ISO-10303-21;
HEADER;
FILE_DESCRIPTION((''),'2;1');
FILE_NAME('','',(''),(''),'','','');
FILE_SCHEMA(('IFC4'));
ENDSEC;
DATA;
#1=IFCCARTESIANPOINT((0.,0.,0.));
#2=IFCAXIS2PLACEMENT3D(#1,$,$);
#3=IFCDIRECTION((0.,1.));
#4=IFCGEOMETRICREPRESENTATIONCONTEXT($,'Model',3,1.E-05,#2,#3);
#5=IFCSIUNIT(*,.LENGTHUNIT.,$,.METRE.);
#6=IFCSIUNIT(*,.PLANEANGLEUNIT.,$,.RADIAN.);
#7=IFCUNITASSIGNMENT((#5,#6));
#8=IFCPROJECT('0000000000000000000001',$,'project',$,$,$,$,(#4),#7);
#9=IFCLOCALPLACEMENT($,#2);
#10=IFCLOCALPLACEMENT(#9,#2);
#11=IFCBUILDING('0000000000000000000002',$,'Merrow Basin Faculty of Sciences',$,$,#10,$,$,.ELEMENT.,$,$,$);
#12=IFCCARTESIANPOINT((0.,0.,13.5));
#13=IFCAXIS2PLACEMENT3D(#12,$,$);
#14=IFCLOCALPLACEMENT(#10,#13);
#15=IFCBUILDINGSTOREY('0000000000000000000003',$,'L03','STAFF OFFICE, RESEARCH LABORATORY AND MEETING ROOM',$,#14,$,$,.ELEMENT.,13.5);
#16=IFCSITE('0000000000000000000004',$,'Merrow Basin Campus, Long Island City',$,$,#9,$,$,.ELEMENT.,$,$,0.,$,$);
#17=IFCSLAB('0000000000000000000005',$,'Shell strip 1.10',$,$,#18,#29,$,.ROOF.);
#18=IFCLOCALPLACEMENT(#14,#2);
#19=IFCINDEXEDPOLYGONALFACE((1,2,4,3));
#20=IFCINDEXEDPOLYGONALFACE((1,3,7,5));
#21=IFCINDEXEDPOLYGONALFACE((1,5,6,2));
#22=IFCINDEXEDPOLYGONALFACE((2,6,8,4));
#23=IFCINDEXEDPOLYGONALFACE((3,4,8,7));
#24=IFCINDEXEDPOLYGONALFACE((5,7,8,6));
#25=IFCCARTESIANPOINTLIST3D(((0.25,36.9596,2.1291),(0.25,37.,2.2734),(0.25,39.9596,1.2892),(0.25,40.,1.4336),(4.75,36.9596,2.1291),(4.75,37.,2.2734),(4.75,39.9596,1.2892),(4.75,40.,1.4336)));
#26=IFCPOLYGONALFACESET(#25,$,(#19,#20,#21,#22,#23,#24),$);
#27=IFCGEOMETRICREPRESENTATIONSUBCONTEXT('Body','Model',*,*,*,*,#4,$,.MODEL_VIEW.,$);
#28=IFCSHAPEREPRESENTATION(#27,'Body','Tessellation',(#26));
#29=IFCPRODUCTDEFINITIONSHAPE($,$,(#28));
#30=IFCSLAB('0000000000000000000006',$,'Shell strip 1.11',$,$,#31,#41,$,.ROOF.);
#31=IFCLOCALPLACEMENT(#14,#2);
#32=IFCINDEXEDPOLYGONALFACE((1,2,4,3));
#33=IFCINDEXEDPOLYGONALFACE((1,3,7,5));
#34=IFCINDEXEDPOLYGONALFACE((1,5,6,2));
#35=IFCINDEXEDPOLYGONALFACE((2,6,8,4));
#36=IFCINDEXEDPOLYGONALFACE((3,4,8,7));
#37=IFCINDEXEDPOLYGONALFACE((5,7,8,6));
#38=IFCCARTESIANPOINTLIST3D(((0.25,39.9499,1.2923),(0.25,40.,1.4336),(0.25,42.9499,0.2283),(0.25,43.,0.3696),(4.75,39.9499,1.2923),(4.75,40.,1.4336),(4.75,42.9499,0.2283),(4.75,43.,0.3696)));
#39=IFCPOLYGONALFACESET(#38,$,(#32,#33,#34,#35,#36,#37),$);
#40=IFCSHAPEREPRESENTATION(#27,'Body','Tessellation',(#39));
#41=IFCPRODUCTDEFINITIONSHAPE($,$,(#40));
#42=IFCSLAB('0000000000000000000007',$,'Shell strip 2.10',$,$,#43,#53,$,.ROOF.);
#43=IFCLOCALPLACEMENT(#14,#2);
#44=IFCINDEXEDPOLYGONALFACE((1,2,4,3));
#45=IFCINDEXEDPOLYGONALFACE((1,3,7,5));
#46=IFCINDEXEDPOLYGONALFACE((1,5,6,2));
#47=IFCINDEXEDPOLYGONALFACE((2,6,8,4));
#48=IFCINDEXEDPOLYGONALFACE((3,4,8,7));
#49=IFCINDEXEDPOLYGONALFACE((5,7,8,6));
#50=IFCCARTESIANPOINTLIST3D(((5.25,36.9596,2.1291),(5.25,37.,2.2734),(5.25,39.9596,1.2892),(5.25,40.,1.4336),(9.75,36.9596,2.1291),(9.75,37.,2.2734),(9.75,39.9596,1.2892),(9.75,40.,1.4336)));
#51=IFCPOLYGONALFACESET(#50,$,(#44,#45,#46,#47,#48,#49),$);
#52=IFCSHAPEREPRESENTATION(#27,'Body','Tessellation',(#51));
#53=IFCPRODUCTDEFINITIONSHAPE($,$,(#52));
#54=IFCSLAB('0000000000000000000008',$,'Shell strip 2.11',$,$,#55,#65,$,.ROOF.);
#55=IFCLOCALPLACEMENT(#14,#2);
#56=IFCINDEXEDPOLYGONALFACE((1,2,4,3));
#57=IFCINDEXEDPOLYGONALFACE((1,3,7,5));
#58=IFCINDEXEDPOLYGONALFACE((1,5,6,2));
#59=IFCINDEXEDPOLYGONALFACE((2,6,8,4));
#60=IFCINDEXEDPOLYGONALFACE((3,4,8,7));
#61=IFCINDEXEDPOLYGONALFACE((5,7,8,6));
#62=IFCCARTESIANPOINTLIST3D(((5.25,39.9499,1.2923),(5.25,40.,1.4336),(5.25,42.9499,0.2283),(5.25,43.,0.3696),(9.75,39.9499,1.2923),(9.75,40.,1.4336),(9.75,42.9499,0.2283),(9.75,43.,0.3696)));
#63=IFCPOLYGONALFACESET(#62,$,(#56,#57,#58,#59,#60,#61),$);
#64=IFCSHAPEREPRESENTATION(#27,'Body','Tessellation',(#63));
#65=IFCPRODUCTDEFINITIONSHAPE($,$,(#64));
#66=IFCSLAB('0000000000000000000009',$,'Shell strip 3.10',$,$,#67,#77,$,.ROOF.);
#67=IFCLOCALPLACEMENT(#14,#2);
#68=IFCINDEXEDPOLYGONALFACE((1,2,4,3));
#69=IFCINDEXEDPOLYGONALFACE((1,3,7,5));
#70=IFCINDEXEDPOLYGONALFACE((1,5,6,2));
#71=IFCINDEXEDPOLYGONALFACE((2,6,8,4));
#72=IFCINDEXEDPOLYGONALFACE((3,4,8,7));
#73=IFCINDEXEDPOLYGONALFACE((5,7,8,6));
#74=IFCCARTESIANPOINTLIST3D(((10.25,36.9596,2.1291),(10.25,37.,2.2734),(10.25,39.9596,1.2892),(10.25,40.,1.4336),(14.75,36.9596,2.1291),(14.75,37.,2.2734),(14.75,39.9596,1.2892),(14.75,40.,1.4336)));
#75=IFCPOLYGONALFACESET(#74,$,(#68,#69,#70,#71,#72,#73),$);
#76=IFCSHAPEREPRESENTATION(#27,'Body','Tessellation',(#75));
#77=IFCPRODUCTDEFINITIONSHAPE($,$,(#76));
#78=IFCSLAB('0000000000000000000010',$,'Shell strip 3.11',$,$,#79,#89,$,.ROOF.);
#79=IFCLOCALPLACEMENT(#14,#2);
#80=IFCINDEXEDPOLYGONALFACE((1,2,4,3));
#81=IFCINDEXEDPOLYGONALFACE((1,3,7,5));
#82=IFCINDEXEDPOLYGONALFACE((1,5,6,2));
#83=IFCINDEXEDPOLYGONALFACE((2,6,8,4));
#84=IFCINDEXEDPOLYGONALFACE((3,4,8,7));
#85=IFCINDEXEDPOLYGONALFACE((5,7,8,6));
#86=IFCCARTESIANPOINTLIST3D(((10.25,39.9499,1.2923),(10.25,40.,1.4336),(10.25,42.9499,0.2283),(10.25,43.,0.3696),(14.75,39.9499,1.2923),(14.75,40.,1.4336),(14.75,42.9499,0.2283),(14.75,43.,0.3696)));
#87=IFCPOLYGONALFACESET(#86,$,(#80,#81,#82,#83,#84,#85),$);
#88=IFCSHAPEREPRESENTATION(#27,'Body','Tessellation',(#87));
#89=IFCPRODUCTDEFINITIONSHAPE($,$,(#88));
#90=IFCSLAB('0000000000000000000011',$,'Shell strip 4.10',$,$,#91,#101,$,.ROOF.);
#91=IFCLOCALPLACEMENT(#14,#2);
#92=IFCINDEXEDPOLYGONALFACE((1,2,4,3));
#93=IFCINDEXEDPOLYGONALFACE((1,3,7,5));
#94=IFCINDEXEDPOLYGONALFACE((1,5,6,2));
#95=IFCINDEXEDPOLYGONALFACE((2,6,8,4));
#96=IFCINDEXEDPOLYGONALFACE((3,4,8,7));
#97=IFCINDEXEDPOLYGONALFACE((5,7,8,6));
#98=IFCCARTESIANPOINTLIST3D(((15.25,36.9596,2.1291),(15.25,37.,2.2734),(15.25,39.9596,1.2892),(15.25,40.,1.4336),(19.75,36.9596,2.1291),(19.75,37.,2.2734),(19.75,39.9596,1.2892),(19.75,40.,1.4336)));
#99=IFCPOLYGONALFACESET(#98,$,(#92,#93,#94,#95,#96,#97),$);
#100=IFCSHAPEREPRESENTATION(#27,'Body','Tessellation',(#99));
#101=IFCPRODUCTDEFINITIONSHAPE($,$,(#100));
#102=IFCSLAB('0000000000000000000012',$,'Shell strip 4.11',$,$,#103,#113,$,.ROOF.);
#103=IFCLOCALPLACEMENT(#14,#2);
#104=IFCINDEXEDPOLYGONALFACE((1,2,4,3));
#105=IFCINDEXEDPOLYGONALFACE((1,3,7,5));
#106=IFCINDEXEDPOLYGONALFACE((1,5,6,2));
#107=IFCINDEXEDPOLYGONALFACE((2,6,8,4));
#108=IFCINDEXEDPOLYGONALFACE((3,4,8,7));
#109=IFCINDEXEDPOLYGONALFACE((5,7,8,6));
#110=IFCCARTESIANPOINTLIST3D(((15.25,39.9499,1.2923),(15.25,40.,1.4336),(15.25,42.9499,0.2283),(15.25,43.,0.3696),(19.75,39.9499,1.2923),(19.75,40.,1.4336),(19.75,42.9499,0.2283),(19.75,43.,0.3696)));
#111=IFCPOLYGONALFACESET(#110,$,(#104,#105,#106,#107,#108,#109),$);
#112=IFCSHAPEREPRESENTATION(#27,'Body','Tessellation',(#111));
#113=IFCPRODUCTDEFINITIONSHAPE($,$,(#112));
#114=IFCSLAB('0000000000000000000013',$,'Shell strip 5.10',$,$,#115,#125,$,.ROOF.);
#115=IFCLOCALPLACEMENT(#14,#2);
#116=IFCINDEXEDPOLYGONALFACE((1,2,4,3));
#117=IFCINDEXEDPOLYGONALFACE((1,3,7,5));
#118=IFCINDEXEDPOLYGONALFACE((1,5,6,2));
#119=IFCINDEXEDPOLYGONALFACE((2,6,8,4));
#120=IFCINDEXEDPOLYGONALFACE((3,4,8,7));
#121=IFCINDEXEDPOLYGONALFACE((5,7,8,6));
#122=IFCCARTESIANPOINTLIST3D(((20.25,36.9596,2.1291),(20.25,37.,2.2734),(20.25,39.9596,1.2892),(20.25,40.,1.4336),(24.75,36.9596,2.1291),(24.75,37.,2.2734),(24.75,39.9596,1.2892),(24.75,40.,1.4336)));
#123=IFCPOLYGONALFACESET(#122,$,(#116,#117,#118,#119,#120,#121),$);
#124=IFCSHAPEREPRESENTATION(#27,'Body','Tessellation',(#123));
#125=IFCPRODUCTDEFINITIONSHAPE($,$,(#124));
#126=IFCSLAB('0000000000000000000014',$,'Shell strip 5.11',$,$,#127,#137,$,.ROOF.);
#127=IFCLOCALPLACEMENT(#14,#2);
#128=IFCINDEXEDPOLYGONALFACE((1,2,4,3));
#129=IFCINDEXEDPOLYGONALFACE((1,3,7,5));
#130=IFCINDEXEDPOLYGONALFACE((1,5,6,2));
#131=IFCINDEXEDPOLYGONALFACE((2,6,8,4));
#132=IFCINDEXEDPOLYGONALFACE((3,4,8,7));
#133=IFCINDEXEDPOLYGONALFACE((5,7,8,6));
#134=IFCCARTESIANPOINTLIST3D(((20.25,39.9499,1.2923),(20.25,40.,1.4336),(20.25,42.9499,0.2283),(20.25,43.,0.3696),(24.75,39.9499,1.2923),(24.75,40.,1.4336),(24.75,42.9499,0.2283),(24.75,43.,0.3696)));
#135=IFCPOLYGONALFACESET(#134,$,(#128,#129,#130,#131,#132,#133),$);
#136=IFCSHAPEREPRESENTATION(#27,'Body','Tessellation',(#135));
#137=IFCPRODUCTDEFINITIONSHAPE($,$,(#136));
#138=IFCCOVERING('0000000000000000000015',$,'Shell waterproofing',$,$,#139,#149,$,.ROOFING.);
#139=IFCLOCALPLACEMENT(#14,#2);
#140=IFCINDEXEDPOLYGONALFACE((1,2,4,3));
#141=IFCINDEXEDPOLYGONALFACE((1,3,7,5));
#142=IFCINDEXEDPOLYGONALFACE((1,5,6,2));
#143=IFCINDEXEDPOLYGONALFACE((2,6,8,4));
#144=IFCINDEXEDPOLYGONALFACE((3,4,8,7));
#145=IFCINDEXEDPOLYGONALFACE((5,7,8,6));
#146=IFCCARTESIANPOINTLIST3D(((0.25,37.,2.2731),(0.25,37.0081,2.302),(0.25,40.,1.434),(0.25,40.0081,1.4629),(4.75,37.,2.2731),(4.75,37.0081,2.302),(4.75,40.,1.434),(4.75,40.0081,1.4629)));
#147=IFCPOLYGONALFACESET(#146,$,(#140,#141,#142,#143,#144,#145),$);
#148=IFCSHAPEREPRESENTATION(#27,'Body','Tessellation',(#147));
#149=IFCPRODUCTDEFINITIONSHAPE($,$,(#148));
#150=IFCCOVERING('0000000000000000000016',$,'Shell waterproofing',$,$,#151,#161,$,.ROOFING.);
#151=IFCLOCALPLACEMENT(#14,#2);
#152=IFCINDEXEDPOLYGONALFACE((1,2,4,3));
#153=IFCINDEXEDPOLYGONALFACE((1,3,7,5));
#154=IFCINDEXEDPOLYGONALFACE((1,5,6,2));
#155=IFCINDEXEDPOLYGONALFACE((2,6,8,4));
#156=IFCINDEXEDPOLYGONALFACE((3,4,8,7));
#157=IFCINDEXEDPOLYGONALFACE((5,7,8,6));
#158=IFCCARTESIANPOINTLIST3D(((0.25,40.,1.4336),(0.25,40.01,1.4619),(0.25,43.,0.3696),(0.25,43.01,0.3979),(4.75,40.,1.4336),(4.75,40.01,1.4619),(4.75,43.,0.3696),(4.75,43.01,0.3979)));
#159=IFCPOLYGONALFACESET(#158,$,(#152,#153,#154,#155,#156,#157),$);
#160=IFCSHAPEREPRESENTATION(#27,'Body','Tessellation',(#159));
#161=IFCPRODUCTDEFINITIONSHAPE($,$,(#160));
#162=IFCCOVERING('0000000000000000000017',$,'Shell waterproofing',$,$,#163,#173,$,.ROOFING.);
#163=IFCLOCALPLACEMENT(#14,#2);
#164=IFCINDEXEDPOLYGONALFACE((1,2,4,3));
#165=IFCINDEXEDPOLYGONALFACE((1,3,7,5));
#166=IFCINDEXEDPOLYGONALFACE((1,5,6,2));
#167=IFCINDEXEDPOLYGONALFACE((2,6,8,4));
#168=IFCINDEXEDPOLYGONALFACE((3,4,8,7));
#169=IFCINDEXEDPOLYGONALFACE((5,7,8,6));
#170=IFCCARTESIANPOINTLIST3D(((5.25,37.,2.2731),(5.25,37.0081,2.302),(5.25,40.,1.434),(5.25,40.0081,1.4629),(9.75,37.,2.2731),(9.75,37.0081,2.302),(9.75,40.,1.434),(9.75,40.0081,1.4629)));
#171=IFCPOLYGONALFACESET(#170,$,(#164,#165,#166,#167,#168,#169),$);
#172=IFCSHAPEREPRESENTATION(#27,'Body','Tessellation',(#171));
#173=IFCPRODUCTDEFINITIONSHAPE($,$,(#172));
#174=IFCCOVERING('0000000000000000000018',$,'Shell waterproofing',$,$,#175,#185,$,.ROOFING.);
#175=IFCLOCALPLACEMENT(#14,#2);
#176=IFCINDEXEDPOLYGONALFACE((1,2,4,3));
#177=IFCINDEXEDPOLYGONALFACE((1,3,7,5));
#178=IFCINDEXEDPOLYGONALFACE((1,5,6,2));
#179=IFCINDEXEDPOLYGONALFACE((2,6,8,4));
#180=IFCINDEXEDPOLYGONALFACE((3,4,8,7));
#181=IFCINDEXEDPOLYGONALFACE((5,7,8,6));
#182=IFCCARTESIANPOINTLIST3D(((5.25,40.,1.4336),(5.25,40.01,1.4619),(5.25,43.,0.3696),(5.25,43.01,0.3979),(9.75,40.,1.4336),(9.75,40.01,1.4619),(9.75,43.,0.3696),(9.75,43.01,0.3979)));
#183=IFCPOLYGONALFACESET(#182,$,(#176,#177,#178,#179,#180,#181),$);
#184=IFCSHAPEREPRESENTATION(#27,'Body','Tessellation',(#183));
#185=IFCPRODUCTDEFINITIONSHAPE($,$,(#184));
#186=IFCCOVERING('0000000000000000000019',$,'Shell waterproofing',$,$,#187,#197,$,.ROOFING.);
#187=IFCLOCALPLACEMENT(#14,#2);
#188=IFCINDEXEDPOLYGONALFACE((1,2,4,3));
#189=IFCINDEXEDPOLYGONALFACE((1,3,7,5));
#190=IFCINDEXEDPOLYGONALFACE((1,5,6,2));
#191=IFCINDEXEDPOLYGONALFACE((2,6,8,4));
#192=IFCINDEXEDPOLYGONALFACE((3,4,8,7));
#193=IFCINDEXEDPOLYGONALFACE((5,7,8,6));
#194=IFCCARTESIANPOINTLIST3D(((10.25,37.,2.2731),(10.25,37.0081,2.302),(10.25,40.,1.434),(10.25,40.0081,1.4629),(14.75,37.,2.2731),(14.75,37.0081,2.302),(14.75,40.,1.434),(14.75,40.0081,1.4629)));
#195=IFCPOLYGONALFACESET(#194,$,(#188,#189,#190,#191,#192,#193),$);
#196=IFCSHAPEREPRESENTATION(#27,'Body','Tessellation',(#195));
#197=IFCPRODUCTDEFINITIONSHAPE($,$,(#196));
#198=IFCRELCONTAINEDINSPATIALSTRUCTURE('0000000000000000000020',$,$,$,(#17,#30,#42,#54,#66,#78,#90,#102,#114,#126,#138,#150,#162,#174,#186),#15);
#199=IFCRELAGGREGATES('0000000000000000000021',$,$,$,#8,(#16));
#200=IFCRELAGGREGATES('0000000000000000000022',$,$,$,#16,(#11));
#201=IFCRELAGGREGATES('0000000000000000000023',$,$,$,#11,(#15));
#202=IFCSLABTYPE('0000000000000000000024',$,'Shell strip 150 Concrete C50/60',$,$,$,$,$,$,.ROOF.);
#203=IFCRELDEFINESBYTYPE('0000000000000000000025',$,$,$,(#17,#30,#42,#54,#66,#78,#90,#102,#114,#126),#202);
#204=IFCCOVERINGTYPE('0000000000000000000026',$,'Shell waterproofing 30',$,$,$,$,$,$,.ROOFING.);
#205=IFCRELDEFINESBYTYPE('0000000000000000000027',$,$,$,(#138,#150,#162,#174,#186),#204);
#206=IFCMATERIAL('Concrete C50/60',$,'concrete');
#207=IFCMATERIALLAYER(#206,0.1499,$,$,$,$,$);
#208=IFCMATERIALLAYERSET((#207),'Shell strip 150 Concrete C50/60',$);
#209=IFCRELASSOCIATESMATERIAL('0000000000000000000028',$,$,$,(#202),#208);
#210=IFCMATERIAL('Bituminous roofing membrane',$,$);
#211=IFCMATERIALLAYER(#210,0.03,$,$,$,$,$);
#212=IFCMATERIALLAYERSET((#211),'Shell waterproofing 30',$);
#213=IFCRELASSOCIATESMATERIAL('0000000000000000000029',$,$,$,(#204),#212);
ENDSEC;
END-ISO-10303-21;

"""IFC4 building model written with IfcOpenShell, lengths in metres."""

from ifc_helpers import new_model, si_unit, direction, frame, origin, place, context, subcontext, project, spatial, polyline, outline, extrude, material, layer, layer_set, type_object, element, save


model = new_model("IFC4")

# Units and contexts
model_context = context("Model", 3, precision=1e-05, world=origin(), true_north=direction((0.0, 1.0)))
body_context = subcontext(model_context, "Body", "Model", "MODEL_VIEW")
ifc_project = project(units=[si_unit("LENGTHUNIT", "METRE"), si_unit("PLANEANGLEUNIT", "RADIAN")], contexts=[model_context])

# Site, building, storey
site_placement = place(None, origin())
site = spatial("IfcSite", under=ifc_project, at=site_placement, Name="Merrow Basin Campus, Long Island City", CompositionType="ELEMENT", RefElevation=0.0)
building_placement = place(site_placement, origin())
building = spatial("IfcBuilding", under=site, at=building_placement, Name="Merrow Basin Faculty of Sciences", CompositionType="ELEMENT")
storey_placement = place(building_placement, frame((0.0, 0.0, 13.5)))
storey = spatial("IfcBuildingStorey", under=building, at=storey_placement, Name="L03", Description="STAFF OFFICE, RESEARCH LABORATORY AND MEETING ROOM", CompositionType="ELEMENT", Elevation=13.5)

# Slabs
ifc_material_1 = material(Name="Concrete C50/60", Category="concrete")
ifc_layer_1 = layer(ifc_material_1, 0.1499)
ifc_layer_set_1 = layer_set([ifc_layer_1], Name="Shell strip 150 Concrete C50/60")
slab_type = type_object("IfcSlabType", Name="Shell strip 150 Concrete C50/60", PredefinedType="ROOF", material=ifc_layer_set_1)
slab_1_placement = place(storey_placement, frame((0.25, 37.0, 2.2734), z_axis=(0.0, 0.269583, 0.962977), x_axis=(1.0, 0.0, 0.0)))
element("IfcSlab", 1, at=slab_1_placement, inside=storey, type_object=slab_type, Name="Shell strip 1.10", PredefinedType="ROOF", context=body_context, shape_type="SweptSolid", body=[
    extrude(outline(polyline([(0.0, 0.0), (4.5, 0.0), (4.5, 3.1153), (0.0, 3.1153), (0.0, 0.0)])), origin(), (0.0, 0.0, -1.0), 0.1499),
])
slab_2_placement = place(storey_placement, frame((0.25, 40.0, 1.4336), z_axis=(0.0, 0.334256, 0.942482), x_axis=(1.0, 0.0, 0.0)))
element("IfcSlab", 2, at=slab_2_placement, inside=storey, type_object=slab_type, Name="Shell strip 1.11", PredefinedType="ROOF", context=body_context, shape_type="SweptSolid", body=[
    extrude(outline(polyline([(0.0, 0.0), (4.5, 0.0), (4.5, 3.1831), (0.0, 3.1831), (0.0, 0.0)])), origin(), (0.0, 0.0, -1.0), 0.1499),
])
slab_3_placement = place(storey_placement, frame((5.25, 37.0, 2.2734), z_axis=(0.0, 0.269583, 0.962977), x_axis=(1.0, 0.0, 0.0)))
element("IfcSlab", 3, at=slab_3_placement, inside=storey, type_object=slab_type, Name="Shell strip 2.10", PredefinedType="ROOF", context=body_context, shape_type="SweptSolid", body=[
    extrude(outline(polyline([(0.0, 0.0), (4.5, 0.0), (4.5, 3.1153), (0.0, 3.1153), (0.0, 0.0)])), origin(), (0.0, 0.0, -1.0), 0.1499),
])
slab_4_placement = place(storey_placement, frame((5.25, 40.0, 1.4336), z_axis=(0.0, 0.334256, 0.942482), x_axis=(1.0, 0.0, 0.0)))
element("IfcSlab", 4, at=slab_4_placement, inside=storey, type_object=slab_type, Name="Shell strip 2.11", PredefinedType="ROOF", context=body_context, shape_type="SweptSolid", body=[
    extrude(outline(polyline([(0.0, 0.0), (4.5, 0.0), (4.5, 3.1831), (0.0, 3.1831), (0.0, 0.0)])), origin(), (0.0, 0.0, -1.0), 0.1499),
])
slab_5_placement = place(storey_placement, frame((10.25, 37.0, 2.2734), z_axis=(0.0, 0.269583, 0.962977), x_axis=(1.0, 0.0, 0.0)))
element("IfcSlab", 5, at=slab_5_placement, inside=storey, type_object=slab_type, Name="Shell strip 3.10", PredefinedType="ROOF", context=body_context, shape_type="SweptSolid", body=[
    extrude(outline(polyline([(0.0, 0.0), (4.5, 0.0), (4.5, 3.1153), (0.0, 3.1153), (0.0, 0.0)])), origin(), (0.0, 0.0, -1.0), 0.1499),
])
slab_6_placement = place(storey_placement, frame((10.25, 40.0, 1.4336), z_axis=(0.0, 0.334256, 0.942482), x_axis=(1.0, 0.0, 0.0)))
element("IfcSlab", 6, at=slab_6_placement, inside=storey, type_object=slab_type, Name="Shell strip 3.11", PredefinedType="ROOF", context=body_context, shape_type="SweptSolid", body=[
    extrude(outline(polyline([(0.0, 0.0), (4.5, 0.0), (4.5, 3.1831), (0.0, 3.1831), (0.0, 0.0)])), origin(), (0.0, 0.0, -1.0), 0.1499),
])
slab_7_placement = place(storey_placement, frame((15.25, 37.0, 2.2734), z_axis=(0.0, 0.269583, 0.962977), x_axis=(1.0, 0.0, 0.0)))
element("IfcSlab", 7, at=slab_7_placement, inside=storey, type_object=slab_type, Name="Shell strip 4.10", PredefinedType="ROOF", context=body_context, shape_type="SweptSolid", body=[
    extrude(outline(polyline([(0.0, 0.0), (4.5, 0.0), (4.5, 3.1153), (0.0, 3.1153), (0.0, 0.0)])), origin(), (0.0, 0.0, -1.0), 0.1499),
])
slab_8_placement = place(storey_placement, frame((15.25, 40.0, 1.4336), z_axis=(0.0, 0.334256, 0.942482), x_axis=(1.0, 0.0, 0.0)))
element("IfcSlab", 8, at=slab_8_placement, inside=storey, type_object=slab_type, Name="Shell strip 4.11", PredefinedType="ROOF", context=body_context, shape_type="SweptSolid", body=[
    extrude(outline(polyline([(0.0, 0.0), (4.5, 0.0), (4.5, 3.1831), (0.0, 3.1831), (0.0, 0.0)])), origin(), (0.0, 0.0, -1.0), 0.1499),
])
slab_9_placement = place(storey_placement, frame((20.25, 37.0, 2.2734), z_axis=(0.0, 0.269583, 0.962977), x_axis=(1.0, 0.0, 0.0)))
element("IfcSlab", 9, at=slab_9_placement, inside=storey, type_object=slab_type, Name="Shell strip 5.10", PredefinedType="ROOF", context=body_context, shape_type="SweptSolid", body=[
    extrude(outline(polyline([(0.0, 0.0), (4.5, 0.0), (4.5, 3.1153), (0.0, 3.1153), (0.0, 0.0)])), origin(), (0.0, 0.0, -1.0), 0.1499),
])
slab_10_placement = place(storey_placement, frame((20.25, 40.0, 1.4336), z_axis=(0.0, 0.334256, 0.942482), x_axis=(1.0, 0.0, 0.0)))
element("IfcSlab", 10, at=slab_10_placement, inside=storey, type_object=slab_type, Name="Shell strip 5.11", PredefinedType="ROOF", context=body_context, shape_type="SweptSolid", body=[
    extrude(outline(polyline([(0.0, 0.0), (4.5, 0.0), (4.5, 3.1831), (0.0, 3.1831), (0.0, 0.0)])), origin(), (0.0, 0.0, -1.0), 0.1499),
])

# Coverings
ifc_material_2 = material(Name="Bituminous roofing membrane")
ifc_layer_2 = layer(ifc_material_2, 0.03)
ifc_layer_set_2 = layer_set([ifc_layer_2], Name="Shell waterproofing 30")
covering_type_1 = type_object("IfcCoveringType", Name="Shell waterproofing 30", PredefinedType="ROOFING", material=ifc_layer_set_2)
covering_1_placement = place(storey_placement, frame((0.25, 37.0081, 2.302), z_axis=(0.0, 0.269365, 0.963038), x_axis=(1.0, 0.0, 0.0)))
element("IfcCovering", 11, at=covering_1_placement, inside=storey, type_object=covering_type_1, Name="Shell waterproofing", PredefinedType="ROOFING", context=body_context, shape_type="SweptSolid", body=[
    extrude(outline(polyline([(0.0, 0.0), (4.5, 0.0), (4.5, 3.1151), (0.0, 3.1151), (0.0, 0.0)])), origin(), (0.0, 0.0, -1.0), 0.03),
])
covering_2_placement = place(storey_placement, frame((0.25, 40.01, 1.4619), z_axis=(0.0, 0.334256, 0.942482), x_axis=(1.0, 0.0, 0.0)))
element("IfcCovering", 12, at=covering_2_placement, inside=storey, type_object=covering_type_1, Name="Shell waterproofing", PredefinedType="ROOFING", context=body_context, shape_type="SweptSolid", body=[
    extrude(outline(polyline([(0.0, 0.0), (4.5, 0.0), (4.5, 3.1831), (0.0, 3.1831), (0.0, 0.0)])), origin(), (0.0, 0.0, -1.0), 0.03),
])
covering_3_placement = place(storey_placement, frame((5.25, 37.0081, 2.302), z_axis=(0.0, 0.269365, 0.963038), x_axis=(1.0, 0.0, 0.0)))
element("IfcCovering", 13, at=covering_3_placement, inside=storey, type_object=covering_type_1, Name="Shell waterproofing", PredefinedType="ROOFING", context=body_context, shape_type="SweptSolid", body=[
    extrude(outline(polyline([(0.0, 0.0), (4.5, 0.0), (4.5, 3.1151), (0.0, 3.1151), (0.0, 0.0)])), origin(), (0.0, 0.0, -1.0), 0.03),
])
covering_4_placement = place(storey_placement, frame((5.25, 40.01, 1.4619), z_axis=(0.0, 0.334256, 0.942482), x_axis=(1.0, 0.0, 0.0)))
element("IfcCovering", 14, at=covering_4_placement, inside=storey, type_object=covering_type_1, Name="Shell waterproofing", PredefinedType="ROOFING", context=body_context, shape_type="SweptSolid", body=[
    extrude(outline(polyline([(0.0, 0.0), (4.5, 0.0), (4.5, 3.1831), (0.0, 3.1831), (0.0, 0.0)])), origin(), (0.0, 0.0, -1.0), 0.03),
])
covering_5_placement = place(storey_placement, frame((10.25, 37.0081, 2.302), z_axis=(0.0, 0.269365, 0.963038), x_axis=(1.0, 0.0, 0.0)))
element("IfcCovering", 15, at=covering_5_placement, inside=storey, type_object=covering_type_1, Name="Shell waterproofing", PredefinedType="ROOFING", context=body_context, shape_type="SweptSolid", body=[
    extrude(outline(polyline([(0.0, 0.0), (4.5, 0.0), (4.5, 3.1151), (0.0, 3.1151), (0.0, 0.0)])), origin(), (0.0, 0.0, -1.0), 0.03),
])

save(model, "model.ifc")
